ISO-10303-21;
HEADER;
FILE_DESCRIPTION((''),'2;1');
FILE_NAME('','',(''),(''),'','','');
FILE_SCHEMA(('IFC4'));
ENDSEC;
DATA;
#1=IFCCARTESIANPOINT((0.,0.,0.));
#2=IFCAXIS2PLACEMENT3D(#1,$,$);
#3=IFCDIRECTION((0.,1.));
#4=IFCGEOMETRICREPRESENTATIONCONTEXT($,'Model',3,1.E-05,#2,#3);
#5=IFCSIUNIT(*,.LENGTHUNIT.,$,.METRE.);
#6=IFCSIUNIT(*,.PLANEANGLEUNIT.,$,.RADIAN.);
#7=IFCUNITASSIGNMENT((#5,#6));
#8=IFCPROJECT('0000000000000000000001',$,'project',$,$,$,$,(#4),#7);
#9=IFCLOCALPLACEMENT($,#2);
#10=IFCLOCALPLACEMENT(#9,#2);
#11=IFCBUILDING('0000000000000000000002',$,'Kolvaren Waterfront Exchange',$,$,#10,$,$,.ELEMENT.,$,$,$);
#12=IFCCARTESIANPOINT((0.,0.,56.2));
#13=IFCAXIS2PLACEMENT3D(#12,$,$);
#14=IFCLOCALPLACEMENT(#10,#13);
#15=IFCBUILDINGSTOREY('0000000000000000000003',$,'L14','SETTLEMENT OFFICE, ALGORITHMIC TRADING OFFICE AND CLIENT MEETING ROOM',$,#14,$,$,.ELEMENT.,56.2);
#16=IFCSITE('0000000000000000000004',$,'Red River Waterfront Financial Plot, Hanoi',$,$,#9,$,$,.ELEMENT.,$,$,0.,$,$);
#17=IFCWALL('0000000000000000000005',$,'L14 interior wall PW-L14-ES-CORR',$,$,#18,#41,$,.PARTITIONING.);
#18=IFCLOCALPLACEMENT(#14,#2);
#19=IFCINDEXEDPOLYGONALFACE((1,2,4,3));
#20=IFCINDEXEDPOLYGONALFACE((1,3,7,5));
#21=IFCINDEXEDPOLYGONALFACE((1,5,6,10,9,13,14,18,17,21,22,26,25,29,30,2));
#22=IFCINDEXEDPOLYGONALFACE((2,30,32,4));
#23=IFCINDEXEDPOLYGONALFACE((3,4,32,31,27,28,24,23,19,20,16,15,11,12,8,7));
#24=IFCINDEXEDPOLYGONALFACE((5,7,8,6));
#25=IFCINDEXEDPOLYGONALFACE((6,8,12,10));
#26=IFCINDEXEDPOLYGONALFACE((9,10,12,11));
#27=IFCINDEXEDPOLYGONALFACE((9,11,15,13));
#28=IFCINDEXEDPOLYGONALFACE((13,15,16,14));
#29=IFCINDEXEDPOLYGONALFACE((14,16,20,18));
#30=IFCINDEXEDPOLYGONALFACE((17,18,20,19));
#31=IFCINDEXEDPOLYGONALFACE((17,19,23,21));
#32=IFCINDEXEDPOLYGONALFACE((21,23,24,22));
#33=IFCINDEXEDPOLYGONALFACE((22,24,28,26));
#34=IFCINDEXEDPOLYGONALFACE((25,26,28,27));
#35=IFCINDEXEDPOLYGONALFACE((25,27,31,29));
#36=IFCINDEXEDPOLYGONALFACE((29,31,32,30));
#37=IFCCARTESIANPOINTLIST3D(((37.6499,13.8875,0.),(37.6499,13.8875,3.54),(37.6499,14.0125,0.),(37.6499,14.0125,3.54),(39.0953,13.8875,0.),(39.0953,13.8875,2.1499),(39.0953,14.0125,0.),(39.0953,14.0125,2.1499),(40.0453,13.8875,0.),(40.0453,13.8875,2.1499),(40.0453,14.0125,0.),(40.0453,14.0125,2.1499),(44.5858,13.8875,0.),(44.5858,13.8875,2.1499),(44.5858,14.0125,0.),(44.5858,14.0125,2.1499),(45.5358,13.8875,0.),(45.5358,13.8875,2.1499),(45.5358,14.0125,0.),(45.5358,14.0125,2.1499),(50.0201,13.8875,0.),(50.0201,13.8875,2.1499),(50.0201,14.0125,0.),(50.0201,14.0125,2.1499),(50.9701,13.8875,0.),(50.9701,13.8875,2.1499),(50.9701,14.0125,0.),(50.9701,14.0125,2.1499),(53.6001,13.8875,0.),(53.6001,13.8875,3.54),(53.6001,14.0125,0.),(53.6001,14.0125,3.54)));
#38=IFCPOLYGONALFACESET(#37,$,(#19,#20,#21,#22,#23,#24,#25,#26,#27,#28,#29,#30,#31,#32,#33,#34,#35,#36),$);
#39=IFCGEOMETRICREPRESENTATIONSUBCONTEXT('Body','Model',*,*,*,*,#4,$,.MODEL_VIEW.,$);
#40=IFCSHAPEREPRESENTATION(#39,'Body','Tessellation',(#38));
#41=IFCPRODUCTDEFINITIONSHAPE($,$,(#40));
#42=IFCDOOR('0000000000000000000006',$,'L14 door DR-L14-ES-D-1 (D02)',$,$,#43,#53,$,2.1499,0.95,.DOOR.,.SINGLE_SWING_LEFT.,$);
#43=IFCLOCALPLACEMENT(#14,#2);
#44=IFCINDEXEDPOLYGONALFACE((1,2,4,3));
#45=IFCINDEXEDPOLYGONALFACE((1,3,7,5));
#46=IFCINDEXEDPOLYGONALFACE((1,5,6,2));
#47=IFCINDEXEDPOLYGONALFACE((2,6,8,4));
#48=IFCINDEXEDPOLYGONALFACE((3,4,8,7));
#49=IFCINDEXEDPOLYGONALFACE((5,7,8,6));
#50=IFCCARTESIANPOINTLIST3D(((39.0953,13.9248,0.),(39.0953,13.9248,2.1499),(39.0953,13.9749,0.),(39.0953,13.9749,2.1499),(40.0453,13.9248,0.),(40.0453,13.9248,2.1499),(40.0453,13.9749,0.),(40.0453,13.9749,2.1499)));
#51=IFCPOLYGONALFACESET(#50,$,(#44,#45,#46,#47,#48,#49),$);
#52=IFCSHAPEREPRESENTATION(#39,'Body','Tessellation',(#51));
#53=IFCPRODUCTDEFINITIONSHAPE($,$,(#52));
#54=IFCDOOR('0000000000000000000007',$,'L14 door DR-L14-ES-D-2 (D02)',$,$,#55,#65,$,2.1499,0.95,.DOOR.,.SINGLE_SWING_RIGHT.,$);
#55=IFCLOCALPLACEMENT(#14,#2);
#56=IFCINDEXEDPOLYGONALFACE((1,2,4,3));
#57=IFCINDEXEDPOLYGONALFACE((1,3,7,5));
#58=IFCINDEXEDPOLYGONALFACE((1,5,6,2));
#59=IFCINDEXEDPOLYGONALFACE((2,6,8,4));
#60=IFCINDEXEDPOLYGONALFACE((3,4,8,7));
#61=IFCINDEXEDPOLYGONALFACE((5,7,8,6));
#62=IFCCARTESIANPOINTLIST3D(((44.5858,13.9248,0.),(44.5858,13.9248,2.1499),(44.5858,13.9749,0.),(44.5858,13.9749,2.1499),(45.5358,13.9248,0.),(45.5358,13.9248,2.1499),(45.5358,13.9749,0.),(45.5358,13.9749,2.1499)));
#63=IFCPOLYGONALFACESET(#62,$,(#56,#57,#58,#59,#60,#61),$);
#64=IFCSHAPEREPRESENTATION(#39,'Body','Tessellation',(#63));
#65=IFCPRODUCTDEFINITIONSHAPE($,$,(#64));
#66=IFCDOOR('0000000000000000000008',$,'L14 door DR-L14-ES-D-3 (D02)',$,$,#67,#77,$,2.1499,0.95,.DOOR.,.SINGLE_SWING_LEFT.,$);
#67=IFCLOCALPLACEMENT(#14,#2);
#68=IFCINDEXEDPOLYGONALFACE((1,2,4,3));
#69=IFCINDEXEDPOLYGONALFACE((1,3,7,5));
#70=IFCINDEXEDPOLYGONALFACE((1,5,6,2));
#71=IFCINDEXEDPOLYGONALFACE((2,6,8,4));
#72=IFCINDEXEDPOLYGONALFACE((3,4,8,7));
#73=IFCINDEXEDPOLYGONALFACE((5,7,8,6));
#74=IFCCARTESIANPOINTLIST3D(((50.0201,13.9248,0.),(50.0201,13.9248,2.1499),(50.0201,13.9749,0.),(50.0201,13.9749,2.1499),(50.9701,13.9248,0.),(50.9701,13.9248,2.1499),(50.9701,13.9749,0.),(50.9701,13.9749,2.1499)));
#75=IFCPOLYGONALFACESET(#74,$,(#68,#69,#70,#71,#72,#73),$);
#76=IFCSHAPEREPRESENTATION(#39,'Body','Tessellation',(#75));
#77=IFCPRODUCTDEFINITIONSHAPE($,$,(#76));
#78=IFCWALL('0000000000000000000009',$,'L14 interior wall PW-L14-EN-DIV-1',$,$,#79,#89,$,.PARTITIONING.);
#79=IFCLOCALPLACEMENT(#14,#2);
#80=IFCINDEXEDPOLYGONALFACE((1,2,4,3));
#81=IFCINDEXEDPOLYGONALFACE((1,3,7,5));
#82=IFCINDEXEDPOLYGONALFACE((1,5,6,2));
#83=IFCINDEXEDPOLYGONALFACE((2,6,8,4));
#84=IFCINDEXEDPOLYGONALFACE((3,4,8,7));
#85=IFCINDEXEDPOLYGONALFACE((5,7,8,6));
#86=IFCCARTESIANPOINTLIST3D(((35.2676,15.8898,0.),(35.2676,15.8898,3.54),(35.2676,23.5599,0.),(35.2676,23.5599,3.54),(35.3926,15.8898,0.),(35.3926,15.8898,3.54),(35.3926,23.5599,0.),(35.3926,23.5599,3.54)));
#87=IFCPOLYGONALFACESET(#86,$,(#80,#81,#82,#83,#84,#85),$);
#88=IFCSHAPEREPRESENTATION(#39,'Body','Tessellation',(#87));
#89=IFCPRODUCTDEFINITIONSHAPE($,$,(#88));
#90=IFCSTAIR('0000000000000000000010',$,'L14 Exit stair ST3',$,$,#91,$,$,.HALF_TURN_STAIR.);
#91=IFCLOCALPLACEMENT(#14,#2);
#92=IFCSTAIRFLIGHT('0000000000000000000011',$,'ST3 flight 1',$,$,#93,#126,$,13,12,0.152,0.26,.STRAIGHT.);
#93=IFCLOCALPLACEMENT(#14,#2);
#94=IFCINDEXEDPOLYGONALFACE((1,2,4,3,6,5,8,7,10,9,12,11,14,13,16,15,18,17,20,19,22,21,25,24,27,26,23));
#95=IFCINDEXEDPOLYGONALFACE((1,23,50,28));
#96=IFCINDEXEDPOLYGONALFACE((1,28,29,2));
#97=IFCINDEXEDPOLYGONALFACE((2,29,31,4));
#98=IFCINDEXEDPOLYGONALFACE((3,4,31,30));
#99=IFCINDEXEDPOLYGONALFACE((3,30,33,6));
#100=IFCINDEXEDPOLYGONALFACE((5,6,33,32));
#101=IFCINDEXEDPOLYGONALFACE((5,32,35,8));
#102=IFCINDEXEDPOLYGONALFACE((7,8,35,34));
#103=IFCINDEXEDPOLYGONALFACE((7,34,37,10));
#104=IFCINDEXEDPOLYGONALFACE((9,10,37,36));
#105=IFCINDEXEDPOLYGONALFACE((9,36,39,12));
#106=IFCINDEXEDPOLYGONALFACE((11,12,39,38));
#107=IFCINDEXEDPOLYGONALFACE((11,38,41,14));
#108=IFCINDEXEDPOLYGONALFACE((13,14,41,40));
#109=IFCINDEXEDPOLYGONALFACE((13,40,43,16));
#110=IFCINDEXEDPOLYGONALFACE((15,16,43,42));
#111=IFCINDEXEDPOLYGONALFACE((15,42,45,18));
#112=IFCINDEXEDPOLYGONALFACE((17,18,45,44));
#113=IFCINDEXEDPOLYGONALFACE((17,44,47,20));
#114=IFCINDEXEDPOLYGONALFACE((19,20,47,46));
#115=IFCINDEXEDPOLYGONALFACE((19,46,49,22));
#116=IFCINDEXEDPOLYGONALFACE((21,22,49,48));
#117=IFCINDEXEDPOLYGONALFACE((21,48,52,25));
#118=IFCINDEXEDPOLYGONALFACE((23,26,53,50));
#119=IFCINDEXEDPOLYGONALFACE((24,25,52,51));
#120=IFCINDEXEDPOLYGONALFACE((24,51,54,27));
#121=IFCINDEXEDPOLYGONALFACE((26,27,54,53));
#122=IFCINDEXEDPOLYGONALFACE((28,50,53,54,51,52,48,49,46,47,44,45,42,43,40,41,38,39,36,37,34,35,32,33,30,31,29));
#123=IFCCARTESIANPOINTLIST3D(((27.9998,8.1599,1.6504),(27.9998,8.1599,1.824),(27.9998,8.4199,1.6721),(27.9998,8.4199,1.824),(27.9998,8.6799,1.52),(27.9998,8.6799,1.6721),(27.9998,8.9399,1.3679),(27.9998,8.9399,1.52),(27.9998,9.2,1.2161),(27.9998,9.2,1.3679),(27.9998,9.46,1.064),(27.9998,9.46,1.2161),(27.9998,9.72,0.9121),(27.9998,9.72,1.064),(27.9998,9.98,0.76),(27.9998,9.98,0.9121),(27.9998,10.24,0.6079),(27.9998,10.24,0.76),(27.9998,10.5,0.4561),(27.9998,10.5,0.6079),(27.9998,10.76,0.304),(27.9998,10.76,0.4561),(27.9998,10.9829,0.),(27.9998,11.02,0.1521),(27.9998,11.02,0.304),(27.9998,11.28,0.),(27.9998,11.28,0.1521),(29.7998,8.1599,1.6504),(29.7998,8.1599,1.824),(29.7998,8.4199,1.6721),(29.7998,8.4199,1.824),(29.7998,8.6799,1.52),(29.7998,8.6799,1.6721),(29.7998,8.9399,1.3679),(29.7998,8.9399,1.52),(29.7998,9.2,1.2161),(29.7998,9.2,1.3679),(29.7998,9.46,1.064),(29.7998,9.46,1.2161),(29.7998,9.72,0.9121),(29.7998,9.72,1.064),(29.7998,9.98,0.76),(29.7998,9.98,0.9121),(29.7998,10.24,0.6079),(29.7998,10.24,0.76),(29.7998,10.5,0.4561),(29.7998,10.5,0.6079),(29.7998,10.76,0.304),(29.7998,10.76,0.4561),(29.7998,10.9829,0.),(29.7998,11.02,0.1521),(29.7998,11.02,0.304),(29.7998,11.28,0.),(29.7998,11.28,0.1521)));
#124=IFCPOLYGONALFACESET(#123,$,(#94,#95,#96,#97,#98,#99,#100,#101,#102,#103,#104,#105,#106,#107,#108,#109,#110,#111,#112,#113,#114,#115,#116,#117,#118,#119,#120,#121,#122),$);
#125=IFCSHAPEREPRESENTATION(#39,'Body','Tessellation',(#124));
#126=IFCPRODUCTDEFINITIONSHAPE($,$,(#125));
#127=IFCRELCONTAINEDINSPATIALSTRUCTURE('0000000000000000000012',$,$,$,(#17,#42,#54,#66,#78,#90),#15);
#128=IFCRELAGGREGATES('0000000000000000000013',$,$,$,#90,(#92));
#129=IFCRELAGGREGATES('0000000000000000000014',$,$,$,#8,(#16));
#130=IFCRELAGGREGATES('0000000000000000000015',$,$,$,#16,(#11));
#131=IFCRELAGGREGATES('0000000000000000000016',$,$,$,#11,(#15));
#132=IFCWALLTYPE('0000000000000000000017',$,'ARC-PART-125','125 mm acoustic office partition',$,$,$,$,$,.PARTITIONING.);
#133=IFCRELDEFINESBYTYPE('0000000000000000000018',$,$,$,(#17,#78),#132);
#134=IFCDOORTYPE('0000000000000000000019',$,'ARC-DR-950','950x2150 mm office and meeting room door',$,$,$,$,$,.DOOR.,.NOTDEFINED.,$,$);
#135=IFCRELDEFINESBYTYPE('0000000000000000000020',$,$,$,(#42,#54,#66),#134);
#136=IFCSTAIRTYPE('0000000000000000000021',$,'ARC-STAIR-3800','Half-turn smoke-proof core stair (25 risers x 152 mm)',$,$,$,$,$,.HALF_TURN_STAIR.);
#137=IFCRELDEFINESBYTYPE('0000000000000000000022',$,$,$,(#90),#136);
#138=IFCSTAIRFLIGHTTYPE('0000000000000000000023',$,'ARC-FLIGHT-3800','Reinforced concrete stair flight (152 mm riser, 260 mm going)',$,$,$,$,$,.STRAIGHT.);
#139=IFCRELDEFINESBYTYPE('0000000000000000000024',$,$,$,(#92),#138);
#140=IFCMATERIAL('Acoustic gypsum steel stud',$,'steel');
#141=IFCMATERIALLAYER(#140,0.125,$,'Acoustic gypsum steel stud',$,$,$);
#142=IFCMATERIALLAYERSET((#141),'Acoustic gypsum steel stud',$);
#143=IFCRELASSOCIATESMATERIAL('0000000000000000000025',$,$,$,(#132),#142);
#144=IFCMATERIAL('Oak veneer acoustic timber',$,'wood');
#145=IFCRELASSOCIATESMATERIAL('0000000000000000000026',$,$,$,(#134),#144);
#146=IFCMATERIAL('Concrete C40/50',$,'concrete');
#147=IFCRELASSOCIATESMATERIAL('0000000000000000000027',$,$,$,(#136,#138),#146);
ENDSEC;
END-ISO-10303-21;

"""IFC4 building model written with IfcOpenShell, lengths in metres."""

from ifc_helpers import new_model, si_unit, direction, frame, frame_2d, origin, place, context, subcontext, project, spatial, polyline, rectangle, outline, extrude, material, layer, layer_set, type_object, element, fill, aggregate, save


model = new_model("IFC4")

# Units and contexts
model_context = context("Model", 3, precision=1e-05, world=origin(), true_north=direction((0.0, 1.0)))
body_context = subcontext(model_context, "Body", "Model", "MODEL_VIEW")
ifc_project = project(units=[si_unit("LENGTHUNIT", "METRE"), si_unit("PLANEANGLEUNIT", "RADIAN")], contexts=[model_context])

# Site, building, storey
site_placement = place(None, origin())
site = spatial("IfcSite", under=ifc_project, at=site_placement, Name="Red River Waterfront Financial Plot, Hanoi", CompositionType="ELEMENT", RefElevation=0.0)
building_placement = place(site_placement, origin())
building = spatial("IfcBuilding", under=site, at=building_placement, Name="Kolvaren Waterfront Exchange", CompositionType="ELEMENT")
storey_placement = place(building_placement, frame((0.0, 0.0, 56.2)))
storey = spatial("IfcBuildingStorey", under=building, at=storey_placement, Name="L14", Description="SETTLEMENT OFFICE, ALGORITHMIC TRADING OFFICE AND CLIENT MEETING ROOM", CompositionType="ELEMENT", Elevation=56.2)

# Wall, openings, doors
ifc_material_1 = material(Name="Acoustic gypsum steel stud", Category="steel")
ifc_layer_1 = layer(ifc_material_1, 0.125, Name="Acoustic gypsum steel stud")
ifc_layer_set_1 = layer_set([ifc_layer_1], Name="Acoustic gypsum steel stud")
wall_type_1 = type_object("IfcWallType", Name="ARC-PART-125", Description="125 mm acoustic office partition", PredefinedType="PARTITIONING", material=ifc_layer_set_1)
wall_1_placement = place(storey_placement, frame((37.6499, 13.95, 0.0), z_axis=(0.0, 0.0, 1.0), x_axis=(1.0, 0.0, 0.0)))
wall_1 = element("IfcWall", 1, at=wall_1_placement, inside=storey, type_object=wall_type_1, Name="L14 interior wall PW-L14-ES-CORR", PredefinedType="PARTITIONING", context=body_context, shape_type="SweptSolid", body=[
    extrude(rectangle(XDim=15.9502, YDim=0.125, at=frame_2d((7.9751, 0.0))), origin(), (0.0, 0.0, 1.0), 3.54),
])
opening_1_placement = place(wall_1_placement, frame((1.4453, 0.0, 0.0)))
opening_1 = element("IfcOpeningElement", 2, at=opening_1_placement, cuts=wall_1, PredefinedType="OPENING", context=body_context, shape_type="SweptSolid", body=[
    extrude(rectangle(XDim=0.95, YDim=2.1499, at=frame_2d((0.4751, 1.075))), frame((0.0, 0.0725, 0.0), z_axis=(0.0, -1.0, 0.0), x_axis=(1.0, 0.0, 0.0)), (0.0, 0.0, 1.0), 0.145),
])
opening_2_placement = place(wall_1_placement, frame((6.9358, 0.0, 0.0)))
opening_2 = element("IfcOpeningElement", 3, at=opening_2_placement, cuts=wall_1, PredefinedType="OPENING", context=body_context, shape_type="SweptSolid", body=[
    extrude(rectangle(XDim=0.95, YDim=2.1499, at=frame_2d((0.4751, 1.075))), frame((0.0, 0.0725, 0.0), z_axis=(0.0, -1.0, 0.0), x_axis=(1.0, 0.0, 0.0)), (0.0, 0.0, 1.0), 0.145),
])
opening_3_placement = place(wall_1_placement, frame((12.3701, 0.0, 0.0)))
opening_3 = element("IfcOpeningElement", 4, at=opening_3_placement, cuts=wall_1, PredefinedType="OPENING", context=body_context, shape_type="SweptSolid", body=[
    extrude(rectangle(XDim=0.95, YDim=2.1499, at=frame_2d((0.4751, 1.075))), frame((0.0, 0.0725, 0.0), z_axis=(0.0, -1.0, 0.0), x_axis=(1.0, 0.0, 0.0)), (0.0, 0.0, 1.0), 0.145),
])
ifc_material_2 = material(Name="Oak veneer acoustic timber", Category="wood")
door_type_1 = type_object("IfcDoorType", Name="ARC-DR-950", Description="950x2150 mm office and meeting room door", OperationType="NOTDEFINED", PredefinedType="DOOR", material=ifc_material_2)
door_1_placement = place(opening_1_placement, origin())
door_1 = element("IfcDoor", 5, at=door_1_placement, inside=storey, type_object=door_type_1, Name="L14 door DR-L14-ES-D-1 (D02)", OperationType="SINGLE_SWING_LEFT", OverallHeight=2.1499, OverallWidth=0.95, PredefinedType="DOOR", context=body_context, shape_type="SweptSolid", body=[
    extrude(rectangle(XDim=0.95, YDim=2.1499, at=frame_2d((0.4751, 1.075))), frame((0.0, 0.0249, 0.0), z_axis=(0.0, -1.0, 0.0), x_axis=(1.0, 0.0, 0.0)), (0.0, 0.0, 1.0), 0.05),
])
fill(opening_1, door_1)
door_2_placement = place(opening_2_placement, origin())
door_2 = element("IfcDoor", 6, at=door_2_placement, inside=storey, type_object=door_type_1, Name="L14 door DR-L14-ES-D-2 (D02)", OperationType="SINGLE_SWING_RIGHT", OverallHeight=2.1499, OverallWidth=0.95, PredefinedType="DOOR", context=body_context, shape_type="SweptSolid", body=[
    extrude(rectangle(XDim=0.95, YDim=2.1499, at=frame_2d((0.4751, 1.075))), frame((0.0, 0.0249, 0.0), z_axis=(0.0, -1.0, 0.0), x_axis=(1.0, 0.0, 0.0)), (0.0, 0.0, 1.0), 0.05),
])
fill(opening_2, door_2)
door_3_placement = place(opening_3_placement, origin())
door_3 = element("IfcDoor", 7, at=door_3_placement, inside=storey, type_object=door_type_1, Name="L14 door DR-L14-ES-D-3 (D02)", OperationType="SINGLE_SWING_LEFT", OverallHeight=2.1499, OverallWidth=0.95, PredefinedType="DOOR", context=body_context, shape_type="SweptSolid", body=[
    extrude(rectangle(XDim=0.95, YDim=2.1499, at=frame_2d((0.4751, 1.075))), frame((0.0, 0.0249, 0.0), z_axis=(0.0, -1.0, 0.0), x_axis=(1.0, 0.0, 0.0)), (0.0, 0.0, 1.0), 0.05),
])
fill(opening_3, door_3)

# Wall
wall_2_placement = place(storey_placement, frame((35.3301, 15.8899, 0.0), z_axis=(0.0, 0.0, 1.0), x_axis=(0.0, 1.0, 0.0)))
element("IfcWall", 8, at=wall_2_placement, inside=storey, type_object=wall_type_1, Name="L14 interior wall PW-L14-EN-DIV-1", PredefinedType="PARTITIONING", context=body_context, shape_type="SweptSolid", body=[
    extrude(rectangle(XDim=7.6702, YDim=0.125, at=frame_2d((3.835, 0.0))), origin(), (0.0, 0.0, 1.0), 3.54),
])

# Stair, stair flight
ifc_material_3 = material(Name="Concrete C40/50", Category="concrete")
stair_type = type_object("IfcStairType", Name="ARC-STAIR-3800", Description="Half-turn smoke-proof core stair (25 risers x 152 mm)", PredefinedType="HALF_TURN_STAIR", material=ifc_material_3)
stair_placement = place(storey_placement, origin())
stair = element("IfcStair", 9, at=stair_placement, inside=storey, type_object=stair_type, Name="L14 Exit stair ST3", PredefinedType="HALF_TURN_STAIR")
stair_flight_type = type_object("IfcStairFlightType", Name="ARC-FLIGHT-3800", Description="Reinforced concrete stair flight (152 mm riser, 260 mm going)", PredefinedType="STRAIGHT", material=ifc_material_3)
stair_flight_placement = place(storey_placement, frame((28.8999, 11.28, 0.0), z_axis=(0.0, 0.0, 1.0), x_axis=(0.0, -1.0, 0.0)))
stair_flight = element("IfcStairFlight", 10, at=stair_flight_placement, type_object=stair_flight_type, Name="ST3 flight 1", NumberOfRisers=13, NumberOfTreads=12, PredefinedType="STRAIGHT", RiserHeight=0.152, TreadLength=0.26, context=body_context, shape_type="SweptSolid", body=[
    extrude(outline(polyline([(0.0, 0.0), (0.0, 0.1521), (0.26, 0.1521), (0.26, 0.304), (0.52, 0.304), (0.52, 0.4561), (0.78, 0.4561), (0.78, 0.6079), (1.04, 0.6079), (1.04, 0.76), (1.3, 0.76), (1.3, 0.9121), (1.5601, 0.9121), (1.5601, 1.064), (1.8201, 1.064), (1.8201, 1.2161), (2.0801, 1.2161), (2.0801, 1.3679), (2.3401, 1.3679), (2.3401, 1.52), (2.6001, 1.52), (2.6001, 1.6721), (2.8601, 1.6721), (2.8601, 1.824), (3.1201, 1.824), (3.1201, 1.9761), (3.1201, 1.6504), (0.2971, 0.0), (0.0, 0.0)])), frame((0.0, 0.8999, 0.0), z_axis=(0.0, -1.0, 0.0), x_axis=(1.0, 0.0, 0.0)), (0.0, 0.0, 1.0), 1.8),
])
aggregate(stair, [stair_flight])

save(model, "model.ifc")
